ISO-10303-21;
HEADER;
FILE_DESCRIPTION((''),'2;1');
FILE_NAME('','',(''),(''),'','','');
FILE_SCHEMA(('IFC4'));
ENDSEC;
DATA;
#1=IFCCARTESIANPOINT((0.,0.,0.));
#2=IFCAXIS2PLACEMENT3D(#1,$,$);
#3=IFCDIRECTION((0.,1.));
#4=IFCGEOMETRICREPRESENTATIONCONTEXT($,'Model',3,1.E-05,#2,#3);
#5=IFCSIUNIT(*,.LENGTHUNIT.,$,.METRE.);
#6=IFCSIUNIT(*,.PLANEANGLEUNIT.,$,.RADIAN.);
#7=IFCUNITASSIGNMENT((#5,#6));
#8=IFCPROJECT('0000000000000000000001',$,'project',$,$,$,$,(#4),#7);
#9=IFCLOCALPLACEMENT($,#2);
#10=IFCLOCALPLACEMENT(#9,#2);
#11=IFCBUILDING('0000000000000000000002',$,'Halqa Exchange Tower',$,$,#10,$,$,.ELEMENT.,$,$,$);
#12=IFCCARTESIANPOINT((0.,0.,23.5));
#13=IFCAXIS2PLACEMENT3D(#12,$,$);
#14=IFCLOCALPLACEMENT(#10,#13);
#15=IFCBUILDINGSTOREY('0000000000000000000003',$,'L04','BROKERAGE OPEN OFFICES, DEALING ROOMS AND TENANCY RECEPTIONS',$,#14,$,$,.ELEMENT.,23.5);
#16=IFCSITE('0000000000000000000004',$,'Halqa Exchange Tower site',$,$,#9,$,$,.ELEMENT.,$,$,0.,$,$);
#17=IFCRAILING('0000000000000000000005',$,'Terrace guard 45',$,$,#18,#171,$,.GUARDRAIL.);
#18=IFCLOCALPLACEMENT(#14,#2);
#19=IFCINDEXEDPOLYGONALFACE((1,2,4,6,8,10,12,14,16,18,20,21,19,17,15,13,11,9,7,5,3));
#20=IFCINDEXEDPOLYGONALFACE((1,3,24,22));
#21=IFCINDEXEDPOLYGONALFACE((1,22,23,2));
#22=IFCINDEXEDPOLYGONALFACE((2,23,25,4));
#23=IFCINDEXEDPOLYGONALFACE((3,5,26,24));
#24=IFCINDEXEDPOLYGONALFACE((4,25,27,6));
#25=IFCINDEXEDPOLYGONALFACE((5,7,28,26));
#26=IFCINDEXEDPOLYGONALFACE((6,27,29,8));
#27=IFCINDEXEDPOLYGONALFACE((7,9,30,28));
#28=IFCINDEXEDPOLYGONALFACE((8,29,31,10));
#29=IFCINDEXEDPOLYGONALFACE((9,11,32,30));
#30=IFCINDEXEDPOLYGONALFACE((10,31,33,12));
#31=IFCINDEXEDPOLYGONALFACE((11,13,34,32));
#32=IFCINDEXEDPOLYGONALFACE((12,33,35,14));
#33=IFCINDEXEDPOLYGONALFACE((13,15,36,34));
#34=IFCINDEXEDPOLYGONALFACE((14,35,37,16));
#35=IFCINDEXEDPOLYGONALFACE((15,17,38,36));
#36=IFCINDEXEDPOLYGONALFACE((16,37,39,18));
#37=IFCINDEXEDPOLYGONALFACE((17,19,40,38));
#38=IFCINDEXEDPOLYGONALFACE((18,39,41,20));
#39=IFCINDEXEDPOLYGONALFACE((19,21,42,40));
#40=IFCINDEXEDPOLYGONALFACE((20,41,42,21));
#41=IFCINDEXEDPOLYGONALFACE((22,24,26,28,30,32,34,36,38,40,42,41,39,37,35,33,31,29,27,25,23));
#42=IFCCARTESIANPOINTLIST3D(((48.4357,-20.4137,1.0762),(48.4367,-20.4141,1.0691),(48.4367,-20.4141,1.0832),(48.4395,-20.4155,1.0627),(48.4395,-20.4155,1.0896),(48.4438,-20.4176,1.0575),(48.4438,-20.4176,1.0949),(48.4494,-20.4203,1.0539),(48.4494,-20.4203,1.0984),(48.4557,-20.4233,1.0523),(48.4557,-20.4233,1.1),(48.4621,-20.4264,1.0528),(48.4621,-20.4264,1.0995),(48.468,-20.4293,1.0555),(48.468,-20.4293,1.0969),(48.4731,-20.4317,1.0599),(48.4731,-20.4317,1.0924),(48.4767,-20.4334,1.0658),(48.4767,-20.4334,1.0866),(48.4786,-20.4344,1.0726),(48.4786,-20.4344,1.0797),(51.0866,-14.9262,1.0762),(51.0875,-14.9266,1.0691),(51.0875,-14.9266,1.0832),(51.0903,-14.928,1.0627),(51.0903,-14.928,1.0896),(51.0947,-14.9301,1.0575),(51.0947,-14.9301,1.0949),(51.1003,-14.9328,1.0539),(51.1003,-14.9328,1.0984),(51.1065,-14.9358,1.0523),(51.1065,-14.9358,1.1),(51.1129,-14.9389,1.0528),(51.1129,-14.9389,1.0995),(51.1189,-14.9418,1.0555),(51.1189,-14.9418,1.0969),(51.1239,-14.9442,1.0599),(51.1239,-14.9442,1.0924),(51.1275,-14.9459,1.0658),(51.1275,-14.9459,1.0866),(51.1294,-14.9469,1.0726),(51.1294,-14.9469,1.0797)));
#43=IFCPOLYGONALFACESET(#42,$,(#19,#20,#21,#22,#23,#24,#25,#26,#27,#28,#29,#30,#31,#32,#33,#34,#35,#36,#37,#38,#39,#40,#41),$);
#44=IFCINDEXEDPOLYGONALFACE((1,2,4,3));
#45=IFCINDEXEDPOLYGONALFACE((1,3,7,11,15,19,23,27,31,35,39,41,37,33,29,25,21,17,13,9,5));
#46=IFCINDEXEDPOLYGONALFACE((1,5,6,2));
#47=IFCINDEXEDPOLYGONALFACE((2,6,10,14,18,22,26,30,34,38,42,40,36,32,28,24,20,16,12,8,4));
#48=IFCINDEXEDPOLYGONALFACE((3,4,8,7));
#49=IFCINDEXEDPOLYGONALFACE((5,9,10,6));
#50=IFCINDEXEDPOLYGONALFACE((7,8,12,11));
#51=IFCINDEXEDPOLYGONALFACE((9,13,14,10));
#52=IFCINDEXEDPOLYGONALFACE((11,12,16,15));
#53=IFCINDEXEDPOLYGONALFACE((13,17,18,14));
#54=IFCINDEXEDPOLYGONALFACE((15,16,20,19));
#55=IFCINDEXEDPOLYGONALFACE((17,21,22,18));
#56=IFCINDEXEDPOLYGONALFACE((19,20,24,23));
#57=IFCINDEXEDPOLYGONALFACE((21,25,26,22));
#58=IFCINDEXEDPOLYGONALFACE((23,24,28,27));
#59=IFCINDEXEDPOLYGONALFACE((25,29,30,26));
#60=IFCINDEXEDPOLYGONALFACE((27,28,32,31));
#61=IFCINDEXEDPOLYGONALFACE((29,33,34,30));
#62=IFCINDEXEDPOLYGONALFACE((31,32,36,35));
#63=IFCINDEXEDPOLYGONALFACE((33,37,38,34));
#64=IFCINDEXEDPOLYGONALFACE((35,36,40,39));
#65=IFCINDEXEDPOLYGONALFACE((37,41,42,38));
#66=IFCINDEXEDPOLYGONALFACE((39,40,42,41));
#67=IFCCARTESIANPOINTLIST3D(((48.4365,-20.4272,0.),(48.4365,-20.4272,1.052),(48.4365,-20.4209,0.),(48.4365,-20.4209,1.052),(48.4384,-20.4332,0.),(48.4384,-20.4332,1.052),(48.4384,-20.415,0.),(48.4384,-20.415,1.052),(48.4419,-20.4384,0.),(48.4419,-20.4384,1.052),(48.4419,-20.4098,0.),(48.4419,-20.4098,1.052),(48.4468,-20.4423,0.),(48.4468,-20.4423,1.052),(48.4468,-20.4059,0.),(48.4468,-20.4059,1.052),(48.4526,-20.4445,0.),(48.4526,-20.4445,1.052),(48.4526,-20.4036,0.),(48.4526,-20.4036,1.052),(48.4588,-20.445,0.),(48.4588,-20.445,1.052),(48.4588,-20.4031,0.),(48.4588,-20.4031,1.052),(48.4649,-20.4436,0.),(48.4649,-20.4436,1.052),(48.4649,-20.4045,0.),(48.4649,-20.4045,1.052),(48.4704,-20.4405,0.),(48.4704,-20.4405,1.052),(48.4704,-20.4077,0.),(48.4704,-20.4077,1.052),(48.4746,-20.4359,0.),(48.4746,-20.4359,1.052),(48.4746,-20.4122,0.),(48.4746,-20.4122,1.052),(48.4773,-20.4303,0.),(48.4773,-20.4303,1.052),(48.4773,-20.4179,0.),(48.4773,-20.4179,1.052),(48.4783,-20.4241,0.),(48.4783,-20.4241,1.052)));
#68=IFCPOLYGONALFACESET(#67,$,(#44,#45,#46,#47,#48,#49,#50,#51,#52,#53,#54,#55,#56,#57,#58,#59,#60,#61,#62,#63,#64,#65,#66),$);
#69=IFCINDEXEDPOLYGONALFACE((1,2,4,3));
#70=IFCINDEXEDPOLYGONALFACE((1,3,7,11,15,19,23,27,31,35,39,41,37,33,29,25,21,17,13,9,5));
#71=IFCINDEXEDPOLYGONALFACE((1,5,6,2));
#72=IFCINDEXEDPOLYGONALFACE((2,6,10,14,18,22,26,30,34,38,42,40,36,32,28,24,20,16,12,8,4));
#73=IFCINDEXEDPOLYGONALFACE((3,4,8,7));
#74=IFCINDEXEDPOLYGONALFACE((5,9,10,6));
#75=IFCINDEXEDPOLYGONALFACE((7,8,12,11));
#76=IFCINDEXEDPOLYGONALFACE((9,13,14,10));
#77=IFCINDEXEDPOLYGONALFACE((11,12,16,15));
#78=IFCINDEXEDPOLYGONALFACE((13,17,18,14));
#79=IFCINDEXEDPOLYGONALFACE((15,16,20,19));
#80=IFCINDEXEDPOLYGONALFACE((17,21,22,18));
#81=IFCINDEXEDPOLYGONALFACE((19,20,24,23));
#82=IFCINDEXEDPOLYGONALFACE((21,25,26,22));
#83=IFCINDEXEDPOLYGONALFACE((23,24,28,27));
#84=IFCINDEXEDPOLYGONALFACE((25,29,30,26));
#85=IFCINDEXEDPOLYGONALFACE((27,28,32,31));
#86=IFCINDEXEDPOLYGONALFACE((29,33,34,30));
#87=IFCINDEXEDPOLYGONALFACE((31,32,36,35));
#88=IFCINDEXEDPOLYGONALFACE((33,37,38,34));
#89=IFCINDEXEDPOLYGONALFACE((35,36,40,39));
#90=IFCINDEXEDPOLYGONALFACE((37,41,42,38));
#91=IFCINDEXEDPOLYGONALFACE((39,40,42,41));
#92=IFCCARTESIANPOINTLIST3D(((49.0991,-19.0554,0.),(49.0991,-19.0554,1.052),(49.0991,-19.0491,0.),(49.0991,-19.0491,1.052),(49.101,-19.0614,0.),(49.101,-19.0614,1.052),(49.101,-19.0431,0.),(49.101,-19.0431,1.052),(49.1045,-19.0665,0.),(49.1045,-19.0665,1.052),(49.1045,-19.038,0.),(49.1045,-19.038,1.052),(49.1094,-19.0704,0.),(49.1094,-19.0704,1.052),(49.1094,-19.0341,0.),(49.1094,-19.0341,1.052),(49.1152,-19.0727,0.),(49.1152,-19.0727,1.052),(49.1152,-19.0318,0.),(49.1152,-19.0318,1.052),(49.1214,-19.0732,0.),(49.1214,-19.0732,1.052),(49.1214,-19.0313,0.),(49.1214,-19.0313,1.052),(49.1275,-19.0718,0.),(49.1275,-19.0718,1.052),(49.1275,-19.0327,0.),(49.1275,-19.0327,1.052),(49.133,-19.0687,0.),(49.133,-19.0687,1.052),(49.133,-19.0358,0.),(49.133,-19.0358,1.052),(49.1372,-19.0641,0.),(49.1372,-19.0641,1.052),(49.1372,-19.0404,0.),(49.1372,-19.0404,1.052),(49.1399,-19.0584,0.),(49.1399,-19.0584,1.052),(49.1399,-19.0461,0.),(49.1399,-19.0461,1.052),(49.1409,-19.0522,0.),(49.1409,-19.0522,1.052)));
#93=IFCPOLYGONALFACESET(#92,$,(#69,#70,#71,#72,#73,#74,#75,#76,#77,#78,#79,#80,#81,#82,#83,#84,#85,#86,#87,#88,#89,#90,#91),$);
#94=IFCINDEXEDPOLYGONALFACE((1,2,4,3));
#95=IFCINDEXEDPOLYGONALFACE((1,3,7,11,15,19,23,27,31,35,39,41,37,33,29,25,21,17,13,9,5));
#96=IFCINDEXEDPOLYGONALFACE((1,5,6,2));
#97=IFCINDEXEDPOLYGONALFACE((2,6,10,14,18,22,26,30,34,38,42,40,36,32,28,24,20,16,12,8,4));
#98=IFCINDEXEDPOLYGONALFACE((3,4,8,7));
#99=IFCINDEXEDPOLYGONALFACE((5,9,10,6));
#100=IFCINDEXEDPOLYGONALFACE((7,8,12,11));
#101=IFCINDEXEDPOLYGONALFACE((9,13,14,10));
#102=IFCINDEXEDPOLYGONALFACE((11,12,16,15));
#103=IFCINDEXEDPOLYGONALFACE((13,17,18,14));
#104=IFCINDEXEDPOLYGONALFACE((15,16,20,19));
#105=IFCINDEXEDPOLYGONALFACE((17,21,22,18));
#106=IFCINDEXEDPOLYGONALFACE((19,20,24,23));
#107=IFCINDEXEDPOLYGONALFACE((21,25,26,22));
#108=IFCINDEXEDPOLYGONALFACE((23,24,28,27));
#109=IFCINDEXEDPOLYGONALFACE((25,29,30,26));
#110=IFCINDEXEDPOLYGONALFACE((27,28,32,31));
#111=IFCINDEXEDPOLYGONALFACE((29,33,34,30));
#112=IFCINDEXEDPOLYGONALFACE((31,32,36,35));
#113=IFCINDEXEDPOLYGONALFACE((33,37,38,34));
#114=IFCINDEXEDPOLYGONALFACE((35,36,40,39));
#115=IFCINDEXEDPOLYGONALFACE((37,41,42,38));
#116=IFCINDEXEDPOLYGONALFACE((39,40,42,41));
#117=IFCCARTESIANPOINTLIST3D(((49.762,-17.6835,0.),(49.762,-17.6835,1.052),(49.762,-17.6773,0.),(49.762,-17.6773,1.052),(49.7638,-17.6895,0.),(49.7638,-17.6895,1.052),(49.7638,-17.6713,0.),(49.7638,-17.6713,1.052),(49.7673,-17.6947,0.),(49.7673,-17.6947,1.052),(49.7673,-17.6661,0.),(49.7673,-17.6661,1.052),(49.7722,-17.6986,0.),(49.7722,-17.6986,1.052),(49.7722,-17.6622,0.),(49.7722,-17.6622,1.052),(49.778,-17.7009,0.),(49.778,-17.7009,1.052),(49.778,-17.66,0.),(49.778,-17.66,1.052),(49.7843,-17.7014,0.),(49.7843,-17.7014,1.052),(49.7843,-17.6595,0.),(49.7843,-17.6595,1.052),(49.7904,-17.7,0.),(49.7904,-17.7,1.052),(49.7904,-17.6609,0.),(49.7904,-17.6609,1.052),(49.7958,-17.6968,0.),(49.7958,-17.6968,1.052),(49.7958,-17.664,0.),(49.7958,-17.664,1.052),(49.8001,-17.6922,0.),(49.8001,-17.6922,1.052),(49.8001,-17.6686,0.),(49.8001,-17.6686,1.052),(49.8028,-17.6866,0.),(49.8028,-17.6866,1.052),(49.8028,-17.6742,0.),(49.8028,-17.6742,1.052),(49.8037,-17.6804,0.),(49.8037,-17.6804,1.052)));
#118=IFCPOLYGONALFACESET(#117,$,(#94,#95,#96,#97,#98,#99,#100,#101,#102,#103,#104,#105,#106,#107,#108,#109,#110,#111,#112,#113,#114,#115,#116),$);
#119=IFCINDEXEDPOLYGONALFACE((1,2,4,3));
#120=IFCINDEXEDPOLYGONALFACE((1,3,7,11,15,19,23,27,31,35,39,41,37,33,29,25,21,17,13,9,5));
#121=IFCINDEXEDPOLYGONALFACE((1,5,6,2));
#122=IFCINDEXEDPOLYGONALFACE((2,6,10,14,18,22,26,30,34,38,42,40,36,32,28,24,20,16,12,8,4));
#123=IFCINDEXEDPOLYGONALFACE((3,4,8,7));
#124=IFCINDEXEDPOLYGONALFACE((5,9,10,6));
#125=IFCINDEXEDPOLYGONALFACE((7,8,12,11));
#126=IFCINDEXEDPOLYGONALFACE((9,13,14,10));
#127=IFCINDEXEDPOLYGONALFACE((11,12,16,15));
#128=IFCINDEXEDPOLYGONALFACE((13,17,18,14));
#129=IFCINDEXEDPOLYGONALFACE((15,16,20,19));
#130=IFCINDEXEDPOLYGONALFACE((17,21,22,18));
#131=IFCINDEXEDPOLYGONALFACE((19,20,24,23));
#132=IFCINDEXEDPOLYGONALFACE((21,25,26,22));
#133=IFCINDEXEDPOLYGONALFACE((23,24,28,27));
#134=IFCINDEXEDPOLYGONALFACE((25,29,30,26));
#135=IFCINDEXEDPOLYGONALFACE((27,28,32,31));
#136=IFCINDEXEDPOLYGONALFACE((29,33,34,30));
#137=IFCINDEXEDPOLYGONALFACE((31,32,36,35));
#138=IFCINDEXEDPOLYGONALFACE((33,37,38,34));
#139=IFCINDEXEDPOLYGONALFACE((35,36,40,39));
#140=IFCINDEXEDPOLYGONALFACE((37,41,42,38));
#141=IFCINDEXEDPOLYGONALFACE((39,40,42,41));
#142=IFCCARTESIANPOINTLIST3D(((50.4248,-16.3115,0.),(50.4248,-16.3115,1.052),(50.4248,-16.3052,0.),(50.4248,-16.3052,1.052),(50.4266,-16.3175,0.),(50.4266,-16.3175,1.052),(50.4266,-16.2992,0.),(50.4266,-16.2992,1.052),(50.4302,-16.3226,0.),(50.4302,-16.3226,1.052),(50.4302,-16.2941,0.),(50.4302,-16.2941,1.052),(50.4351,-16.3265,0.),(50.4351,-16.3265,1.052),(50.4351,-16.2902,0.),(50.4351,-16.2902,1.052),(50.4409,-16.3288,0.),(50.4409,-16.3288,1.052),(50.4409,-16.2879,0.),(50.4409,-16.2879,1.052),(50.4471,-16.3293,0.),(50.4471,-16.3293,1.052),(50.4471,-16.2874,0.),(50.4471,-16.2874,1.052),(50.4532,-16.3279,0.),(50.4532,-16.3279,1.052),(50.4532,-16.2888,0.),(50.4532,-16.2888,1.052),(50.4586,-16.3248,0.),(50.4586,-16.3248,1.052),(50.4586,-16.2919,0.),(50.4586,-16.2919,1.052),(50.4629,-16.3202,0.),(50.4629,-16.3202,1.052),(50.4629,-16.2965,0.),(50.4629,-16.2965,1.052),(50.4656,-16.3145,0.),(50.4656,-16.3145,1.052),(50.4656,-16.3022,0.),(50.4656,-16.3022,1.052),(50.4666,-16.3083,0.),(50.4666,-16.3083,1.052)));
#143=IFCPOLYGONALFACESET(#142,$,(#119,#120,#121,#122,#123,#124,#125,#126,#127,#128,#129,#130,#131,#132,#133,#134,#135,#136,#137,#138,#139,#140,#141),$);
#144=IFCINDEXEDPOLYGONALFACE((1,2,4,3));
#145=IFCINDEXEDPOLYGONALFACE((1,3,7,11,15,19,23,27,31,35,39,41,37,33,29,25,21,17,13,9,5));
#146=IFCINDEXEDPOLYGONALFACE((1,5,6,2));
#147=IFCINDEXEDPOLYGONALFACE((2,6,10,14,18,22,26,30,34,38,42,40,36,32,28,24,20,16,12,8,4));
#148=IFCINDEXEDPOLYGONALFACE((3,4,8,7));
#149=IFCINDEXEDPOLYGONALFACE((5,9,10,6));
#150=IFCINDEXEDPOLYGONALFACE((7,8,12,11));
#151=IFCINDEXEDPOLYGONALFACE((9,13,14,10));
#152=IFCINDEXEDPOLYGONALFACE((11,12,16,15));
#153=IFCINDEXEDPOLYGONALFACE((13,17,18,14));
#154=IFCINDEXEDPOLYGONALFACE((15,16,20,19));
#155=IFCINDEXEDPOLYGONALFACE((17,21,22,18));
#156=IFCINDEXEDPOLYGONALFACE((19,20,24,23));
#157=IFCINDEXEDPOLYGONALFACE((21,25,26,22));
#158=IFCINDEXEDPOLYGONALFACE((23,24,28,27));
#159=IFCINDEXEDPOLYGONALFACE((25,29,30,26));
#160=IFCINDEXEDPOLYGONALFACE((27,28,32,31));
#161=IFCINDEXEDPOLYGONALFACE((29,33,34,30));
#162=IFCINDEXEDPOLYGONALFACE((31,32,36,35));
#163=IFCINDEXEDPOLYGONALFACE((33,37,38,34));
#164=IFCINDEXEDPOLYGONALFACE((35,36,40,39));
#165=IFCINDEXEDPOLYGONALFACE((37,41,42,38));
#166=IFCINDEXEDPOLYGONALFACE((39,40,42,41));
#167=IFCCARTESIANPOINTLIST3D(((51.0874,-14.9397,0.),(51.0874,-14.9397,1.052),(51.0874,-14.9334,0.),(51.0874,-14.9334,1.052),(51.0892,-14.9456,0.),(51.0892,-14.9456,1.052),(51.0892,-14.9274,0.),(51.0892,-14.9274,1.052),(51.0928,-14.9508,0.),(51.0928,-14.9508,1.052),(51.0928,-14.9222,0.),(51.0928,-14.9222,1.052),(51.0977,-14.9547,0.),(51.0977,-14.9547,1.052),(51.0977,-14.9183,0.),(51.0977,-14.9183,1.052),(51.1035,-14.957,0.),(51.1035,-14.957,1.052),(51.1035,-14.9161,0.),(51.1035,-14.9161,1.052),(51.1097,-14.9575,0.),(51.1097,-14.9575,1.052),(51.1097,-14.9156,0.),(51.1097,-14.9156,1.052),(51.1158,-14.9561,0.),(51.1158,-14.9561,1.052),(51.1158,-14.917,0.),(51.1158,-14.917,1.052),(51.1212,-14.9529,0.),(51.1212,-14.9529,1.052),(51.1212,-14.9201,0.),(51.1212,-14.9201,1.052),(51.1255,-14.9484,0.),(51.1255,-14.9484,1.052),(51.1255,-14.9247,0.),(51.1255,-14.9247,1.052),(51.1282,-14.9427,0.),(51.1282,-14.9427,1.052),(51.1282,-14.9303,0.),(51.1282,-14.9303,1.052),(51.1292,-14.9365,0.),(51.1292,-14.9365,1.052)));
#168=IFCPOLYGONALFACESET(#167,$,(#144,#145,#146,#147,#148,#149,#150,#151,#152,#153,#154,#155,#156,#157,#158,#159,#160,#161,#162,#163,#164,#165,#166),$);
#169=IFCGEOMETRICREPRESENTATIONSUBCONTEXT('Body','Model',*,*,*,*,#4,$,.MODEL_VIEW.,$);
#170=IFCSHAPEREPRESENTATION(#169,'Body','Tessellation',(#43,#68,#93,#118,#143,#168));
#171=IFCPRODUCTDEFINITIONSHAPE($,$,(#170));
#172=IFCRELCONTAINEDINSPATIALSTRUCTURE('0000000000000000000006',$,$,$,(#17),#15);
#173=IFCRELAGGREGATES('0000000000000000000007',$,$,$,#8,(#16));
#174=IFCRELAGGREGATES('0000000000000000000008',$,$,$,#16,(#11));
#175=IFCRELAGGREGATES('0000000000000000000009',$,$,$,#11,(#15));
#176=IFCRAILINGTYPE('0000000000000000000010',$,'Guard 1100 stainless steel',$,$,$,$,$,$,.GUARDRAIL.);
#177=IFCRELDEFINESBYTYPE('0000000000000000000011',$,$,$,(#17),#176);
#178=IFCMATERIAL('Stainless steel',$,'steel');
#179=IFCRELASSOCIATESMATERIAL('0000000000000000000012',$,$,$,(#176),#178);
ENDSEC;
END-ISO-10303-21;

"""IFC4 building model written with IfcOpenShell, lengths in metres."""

from ifc_helpers import new_model, si_unit, direction, frame, origin, origin_2d, place, context, subcontext, project, spatial, circle, extrude, material, type_object, element, save


model = new_model("IFC4")

# Units and contexts
model_context = context("Model", 3, precision=1e-05, world=origin(), true_north=direction((0.0, 1.0)))
body_context = subcontext(model_context, "Body", "Model", "MODEL_VIEW")
ifc_project = project(units=[si_unit("LENGTHUNIT", "METRE"), si_unit("PLANEANGLEUNIT", "RADIAN")], contexts=[model_context])

# Site, building, storey
site_placement = place(None, origin())
site = spatial("IfcSite", under=ifc_project, at=site_placement, Name="Halqa Exchange Tower site", CompositionType="ELEMENT", RefElevation=0.0)
building_placement = place(site_placement, origin())
building = spatial("IfcBuilding", under=site, at=building_placement, Name="Halqa Exchange Tower", CompositionType="ELEMENT")
storey_placement = place(building_placement, frame((0.0, 0.0, 23.5)))
storey = spatial("IfcBuildingStorey", under=building, at=storey_placement, Name="L04", Description="BROKERAGE OPEN OFFICES, DEALING ROOMS AND TENANCY RECEPTIONS", CompositionType="ELEMENT", Elevation=23.5)

# Railing
ifc_material_1 = material(Name="Stainless steel", Category="steel")
railing_type = type_object("IfcRailingType", Name="Guard 1100 stainless steel", PredefinedType="GUARDRAIL", material=ifc_material_1)
railing_1_placement = place(storey_placement, frame((48.4573, -20.4241, 0.0)))
element("IfcRailing", 1, at=railing_1_placement, inside=storey, type_object=railing_type, Name="Terrace guard 45", PredefinedType="GUARDRAIL", context=body_context, shape_type="SweptSolid", body=[
    extrude(circle(Radius=0.0239, at=origin_2d()), frame((0.0, 0.0, 1.0762), z_axis=(0.434978, 0.900441, 0.0), x_axis=(-0.900441, 0.434978, 0.0)), (0.0, 0.0, 1.0), 6.0942),
    extrude(circle(Radius=0.021, at=origin_2d()), origin(), (0.0, 0.0, 1.0), 1.052),
    extrude(circle(Radius=0.021, at=origin_2d()), frame((0.6626, 1.3718, 0.0)), (0.0, 0.0, 1.0), 1.052),
    extrude(circle(Radius=0.021, at=origin_2d()), frame((1.3254, 2.7437, 0.0)), (0.0, 0.0, 1.0), 1.052),
    extrude(circle(Radius=0.021, at=origin_2d()), frame((1.9883, 4.1157, 0.0)), (0.0, 0.0, 1.0), 1.052),
    extrude(circle(Radius=0.021, at=origin_2d()), frame((2.6509, 5.4875, 0.0)), (0.0, 0.0, 1.0), 1.052),
])

save(model, "model.ifc")
